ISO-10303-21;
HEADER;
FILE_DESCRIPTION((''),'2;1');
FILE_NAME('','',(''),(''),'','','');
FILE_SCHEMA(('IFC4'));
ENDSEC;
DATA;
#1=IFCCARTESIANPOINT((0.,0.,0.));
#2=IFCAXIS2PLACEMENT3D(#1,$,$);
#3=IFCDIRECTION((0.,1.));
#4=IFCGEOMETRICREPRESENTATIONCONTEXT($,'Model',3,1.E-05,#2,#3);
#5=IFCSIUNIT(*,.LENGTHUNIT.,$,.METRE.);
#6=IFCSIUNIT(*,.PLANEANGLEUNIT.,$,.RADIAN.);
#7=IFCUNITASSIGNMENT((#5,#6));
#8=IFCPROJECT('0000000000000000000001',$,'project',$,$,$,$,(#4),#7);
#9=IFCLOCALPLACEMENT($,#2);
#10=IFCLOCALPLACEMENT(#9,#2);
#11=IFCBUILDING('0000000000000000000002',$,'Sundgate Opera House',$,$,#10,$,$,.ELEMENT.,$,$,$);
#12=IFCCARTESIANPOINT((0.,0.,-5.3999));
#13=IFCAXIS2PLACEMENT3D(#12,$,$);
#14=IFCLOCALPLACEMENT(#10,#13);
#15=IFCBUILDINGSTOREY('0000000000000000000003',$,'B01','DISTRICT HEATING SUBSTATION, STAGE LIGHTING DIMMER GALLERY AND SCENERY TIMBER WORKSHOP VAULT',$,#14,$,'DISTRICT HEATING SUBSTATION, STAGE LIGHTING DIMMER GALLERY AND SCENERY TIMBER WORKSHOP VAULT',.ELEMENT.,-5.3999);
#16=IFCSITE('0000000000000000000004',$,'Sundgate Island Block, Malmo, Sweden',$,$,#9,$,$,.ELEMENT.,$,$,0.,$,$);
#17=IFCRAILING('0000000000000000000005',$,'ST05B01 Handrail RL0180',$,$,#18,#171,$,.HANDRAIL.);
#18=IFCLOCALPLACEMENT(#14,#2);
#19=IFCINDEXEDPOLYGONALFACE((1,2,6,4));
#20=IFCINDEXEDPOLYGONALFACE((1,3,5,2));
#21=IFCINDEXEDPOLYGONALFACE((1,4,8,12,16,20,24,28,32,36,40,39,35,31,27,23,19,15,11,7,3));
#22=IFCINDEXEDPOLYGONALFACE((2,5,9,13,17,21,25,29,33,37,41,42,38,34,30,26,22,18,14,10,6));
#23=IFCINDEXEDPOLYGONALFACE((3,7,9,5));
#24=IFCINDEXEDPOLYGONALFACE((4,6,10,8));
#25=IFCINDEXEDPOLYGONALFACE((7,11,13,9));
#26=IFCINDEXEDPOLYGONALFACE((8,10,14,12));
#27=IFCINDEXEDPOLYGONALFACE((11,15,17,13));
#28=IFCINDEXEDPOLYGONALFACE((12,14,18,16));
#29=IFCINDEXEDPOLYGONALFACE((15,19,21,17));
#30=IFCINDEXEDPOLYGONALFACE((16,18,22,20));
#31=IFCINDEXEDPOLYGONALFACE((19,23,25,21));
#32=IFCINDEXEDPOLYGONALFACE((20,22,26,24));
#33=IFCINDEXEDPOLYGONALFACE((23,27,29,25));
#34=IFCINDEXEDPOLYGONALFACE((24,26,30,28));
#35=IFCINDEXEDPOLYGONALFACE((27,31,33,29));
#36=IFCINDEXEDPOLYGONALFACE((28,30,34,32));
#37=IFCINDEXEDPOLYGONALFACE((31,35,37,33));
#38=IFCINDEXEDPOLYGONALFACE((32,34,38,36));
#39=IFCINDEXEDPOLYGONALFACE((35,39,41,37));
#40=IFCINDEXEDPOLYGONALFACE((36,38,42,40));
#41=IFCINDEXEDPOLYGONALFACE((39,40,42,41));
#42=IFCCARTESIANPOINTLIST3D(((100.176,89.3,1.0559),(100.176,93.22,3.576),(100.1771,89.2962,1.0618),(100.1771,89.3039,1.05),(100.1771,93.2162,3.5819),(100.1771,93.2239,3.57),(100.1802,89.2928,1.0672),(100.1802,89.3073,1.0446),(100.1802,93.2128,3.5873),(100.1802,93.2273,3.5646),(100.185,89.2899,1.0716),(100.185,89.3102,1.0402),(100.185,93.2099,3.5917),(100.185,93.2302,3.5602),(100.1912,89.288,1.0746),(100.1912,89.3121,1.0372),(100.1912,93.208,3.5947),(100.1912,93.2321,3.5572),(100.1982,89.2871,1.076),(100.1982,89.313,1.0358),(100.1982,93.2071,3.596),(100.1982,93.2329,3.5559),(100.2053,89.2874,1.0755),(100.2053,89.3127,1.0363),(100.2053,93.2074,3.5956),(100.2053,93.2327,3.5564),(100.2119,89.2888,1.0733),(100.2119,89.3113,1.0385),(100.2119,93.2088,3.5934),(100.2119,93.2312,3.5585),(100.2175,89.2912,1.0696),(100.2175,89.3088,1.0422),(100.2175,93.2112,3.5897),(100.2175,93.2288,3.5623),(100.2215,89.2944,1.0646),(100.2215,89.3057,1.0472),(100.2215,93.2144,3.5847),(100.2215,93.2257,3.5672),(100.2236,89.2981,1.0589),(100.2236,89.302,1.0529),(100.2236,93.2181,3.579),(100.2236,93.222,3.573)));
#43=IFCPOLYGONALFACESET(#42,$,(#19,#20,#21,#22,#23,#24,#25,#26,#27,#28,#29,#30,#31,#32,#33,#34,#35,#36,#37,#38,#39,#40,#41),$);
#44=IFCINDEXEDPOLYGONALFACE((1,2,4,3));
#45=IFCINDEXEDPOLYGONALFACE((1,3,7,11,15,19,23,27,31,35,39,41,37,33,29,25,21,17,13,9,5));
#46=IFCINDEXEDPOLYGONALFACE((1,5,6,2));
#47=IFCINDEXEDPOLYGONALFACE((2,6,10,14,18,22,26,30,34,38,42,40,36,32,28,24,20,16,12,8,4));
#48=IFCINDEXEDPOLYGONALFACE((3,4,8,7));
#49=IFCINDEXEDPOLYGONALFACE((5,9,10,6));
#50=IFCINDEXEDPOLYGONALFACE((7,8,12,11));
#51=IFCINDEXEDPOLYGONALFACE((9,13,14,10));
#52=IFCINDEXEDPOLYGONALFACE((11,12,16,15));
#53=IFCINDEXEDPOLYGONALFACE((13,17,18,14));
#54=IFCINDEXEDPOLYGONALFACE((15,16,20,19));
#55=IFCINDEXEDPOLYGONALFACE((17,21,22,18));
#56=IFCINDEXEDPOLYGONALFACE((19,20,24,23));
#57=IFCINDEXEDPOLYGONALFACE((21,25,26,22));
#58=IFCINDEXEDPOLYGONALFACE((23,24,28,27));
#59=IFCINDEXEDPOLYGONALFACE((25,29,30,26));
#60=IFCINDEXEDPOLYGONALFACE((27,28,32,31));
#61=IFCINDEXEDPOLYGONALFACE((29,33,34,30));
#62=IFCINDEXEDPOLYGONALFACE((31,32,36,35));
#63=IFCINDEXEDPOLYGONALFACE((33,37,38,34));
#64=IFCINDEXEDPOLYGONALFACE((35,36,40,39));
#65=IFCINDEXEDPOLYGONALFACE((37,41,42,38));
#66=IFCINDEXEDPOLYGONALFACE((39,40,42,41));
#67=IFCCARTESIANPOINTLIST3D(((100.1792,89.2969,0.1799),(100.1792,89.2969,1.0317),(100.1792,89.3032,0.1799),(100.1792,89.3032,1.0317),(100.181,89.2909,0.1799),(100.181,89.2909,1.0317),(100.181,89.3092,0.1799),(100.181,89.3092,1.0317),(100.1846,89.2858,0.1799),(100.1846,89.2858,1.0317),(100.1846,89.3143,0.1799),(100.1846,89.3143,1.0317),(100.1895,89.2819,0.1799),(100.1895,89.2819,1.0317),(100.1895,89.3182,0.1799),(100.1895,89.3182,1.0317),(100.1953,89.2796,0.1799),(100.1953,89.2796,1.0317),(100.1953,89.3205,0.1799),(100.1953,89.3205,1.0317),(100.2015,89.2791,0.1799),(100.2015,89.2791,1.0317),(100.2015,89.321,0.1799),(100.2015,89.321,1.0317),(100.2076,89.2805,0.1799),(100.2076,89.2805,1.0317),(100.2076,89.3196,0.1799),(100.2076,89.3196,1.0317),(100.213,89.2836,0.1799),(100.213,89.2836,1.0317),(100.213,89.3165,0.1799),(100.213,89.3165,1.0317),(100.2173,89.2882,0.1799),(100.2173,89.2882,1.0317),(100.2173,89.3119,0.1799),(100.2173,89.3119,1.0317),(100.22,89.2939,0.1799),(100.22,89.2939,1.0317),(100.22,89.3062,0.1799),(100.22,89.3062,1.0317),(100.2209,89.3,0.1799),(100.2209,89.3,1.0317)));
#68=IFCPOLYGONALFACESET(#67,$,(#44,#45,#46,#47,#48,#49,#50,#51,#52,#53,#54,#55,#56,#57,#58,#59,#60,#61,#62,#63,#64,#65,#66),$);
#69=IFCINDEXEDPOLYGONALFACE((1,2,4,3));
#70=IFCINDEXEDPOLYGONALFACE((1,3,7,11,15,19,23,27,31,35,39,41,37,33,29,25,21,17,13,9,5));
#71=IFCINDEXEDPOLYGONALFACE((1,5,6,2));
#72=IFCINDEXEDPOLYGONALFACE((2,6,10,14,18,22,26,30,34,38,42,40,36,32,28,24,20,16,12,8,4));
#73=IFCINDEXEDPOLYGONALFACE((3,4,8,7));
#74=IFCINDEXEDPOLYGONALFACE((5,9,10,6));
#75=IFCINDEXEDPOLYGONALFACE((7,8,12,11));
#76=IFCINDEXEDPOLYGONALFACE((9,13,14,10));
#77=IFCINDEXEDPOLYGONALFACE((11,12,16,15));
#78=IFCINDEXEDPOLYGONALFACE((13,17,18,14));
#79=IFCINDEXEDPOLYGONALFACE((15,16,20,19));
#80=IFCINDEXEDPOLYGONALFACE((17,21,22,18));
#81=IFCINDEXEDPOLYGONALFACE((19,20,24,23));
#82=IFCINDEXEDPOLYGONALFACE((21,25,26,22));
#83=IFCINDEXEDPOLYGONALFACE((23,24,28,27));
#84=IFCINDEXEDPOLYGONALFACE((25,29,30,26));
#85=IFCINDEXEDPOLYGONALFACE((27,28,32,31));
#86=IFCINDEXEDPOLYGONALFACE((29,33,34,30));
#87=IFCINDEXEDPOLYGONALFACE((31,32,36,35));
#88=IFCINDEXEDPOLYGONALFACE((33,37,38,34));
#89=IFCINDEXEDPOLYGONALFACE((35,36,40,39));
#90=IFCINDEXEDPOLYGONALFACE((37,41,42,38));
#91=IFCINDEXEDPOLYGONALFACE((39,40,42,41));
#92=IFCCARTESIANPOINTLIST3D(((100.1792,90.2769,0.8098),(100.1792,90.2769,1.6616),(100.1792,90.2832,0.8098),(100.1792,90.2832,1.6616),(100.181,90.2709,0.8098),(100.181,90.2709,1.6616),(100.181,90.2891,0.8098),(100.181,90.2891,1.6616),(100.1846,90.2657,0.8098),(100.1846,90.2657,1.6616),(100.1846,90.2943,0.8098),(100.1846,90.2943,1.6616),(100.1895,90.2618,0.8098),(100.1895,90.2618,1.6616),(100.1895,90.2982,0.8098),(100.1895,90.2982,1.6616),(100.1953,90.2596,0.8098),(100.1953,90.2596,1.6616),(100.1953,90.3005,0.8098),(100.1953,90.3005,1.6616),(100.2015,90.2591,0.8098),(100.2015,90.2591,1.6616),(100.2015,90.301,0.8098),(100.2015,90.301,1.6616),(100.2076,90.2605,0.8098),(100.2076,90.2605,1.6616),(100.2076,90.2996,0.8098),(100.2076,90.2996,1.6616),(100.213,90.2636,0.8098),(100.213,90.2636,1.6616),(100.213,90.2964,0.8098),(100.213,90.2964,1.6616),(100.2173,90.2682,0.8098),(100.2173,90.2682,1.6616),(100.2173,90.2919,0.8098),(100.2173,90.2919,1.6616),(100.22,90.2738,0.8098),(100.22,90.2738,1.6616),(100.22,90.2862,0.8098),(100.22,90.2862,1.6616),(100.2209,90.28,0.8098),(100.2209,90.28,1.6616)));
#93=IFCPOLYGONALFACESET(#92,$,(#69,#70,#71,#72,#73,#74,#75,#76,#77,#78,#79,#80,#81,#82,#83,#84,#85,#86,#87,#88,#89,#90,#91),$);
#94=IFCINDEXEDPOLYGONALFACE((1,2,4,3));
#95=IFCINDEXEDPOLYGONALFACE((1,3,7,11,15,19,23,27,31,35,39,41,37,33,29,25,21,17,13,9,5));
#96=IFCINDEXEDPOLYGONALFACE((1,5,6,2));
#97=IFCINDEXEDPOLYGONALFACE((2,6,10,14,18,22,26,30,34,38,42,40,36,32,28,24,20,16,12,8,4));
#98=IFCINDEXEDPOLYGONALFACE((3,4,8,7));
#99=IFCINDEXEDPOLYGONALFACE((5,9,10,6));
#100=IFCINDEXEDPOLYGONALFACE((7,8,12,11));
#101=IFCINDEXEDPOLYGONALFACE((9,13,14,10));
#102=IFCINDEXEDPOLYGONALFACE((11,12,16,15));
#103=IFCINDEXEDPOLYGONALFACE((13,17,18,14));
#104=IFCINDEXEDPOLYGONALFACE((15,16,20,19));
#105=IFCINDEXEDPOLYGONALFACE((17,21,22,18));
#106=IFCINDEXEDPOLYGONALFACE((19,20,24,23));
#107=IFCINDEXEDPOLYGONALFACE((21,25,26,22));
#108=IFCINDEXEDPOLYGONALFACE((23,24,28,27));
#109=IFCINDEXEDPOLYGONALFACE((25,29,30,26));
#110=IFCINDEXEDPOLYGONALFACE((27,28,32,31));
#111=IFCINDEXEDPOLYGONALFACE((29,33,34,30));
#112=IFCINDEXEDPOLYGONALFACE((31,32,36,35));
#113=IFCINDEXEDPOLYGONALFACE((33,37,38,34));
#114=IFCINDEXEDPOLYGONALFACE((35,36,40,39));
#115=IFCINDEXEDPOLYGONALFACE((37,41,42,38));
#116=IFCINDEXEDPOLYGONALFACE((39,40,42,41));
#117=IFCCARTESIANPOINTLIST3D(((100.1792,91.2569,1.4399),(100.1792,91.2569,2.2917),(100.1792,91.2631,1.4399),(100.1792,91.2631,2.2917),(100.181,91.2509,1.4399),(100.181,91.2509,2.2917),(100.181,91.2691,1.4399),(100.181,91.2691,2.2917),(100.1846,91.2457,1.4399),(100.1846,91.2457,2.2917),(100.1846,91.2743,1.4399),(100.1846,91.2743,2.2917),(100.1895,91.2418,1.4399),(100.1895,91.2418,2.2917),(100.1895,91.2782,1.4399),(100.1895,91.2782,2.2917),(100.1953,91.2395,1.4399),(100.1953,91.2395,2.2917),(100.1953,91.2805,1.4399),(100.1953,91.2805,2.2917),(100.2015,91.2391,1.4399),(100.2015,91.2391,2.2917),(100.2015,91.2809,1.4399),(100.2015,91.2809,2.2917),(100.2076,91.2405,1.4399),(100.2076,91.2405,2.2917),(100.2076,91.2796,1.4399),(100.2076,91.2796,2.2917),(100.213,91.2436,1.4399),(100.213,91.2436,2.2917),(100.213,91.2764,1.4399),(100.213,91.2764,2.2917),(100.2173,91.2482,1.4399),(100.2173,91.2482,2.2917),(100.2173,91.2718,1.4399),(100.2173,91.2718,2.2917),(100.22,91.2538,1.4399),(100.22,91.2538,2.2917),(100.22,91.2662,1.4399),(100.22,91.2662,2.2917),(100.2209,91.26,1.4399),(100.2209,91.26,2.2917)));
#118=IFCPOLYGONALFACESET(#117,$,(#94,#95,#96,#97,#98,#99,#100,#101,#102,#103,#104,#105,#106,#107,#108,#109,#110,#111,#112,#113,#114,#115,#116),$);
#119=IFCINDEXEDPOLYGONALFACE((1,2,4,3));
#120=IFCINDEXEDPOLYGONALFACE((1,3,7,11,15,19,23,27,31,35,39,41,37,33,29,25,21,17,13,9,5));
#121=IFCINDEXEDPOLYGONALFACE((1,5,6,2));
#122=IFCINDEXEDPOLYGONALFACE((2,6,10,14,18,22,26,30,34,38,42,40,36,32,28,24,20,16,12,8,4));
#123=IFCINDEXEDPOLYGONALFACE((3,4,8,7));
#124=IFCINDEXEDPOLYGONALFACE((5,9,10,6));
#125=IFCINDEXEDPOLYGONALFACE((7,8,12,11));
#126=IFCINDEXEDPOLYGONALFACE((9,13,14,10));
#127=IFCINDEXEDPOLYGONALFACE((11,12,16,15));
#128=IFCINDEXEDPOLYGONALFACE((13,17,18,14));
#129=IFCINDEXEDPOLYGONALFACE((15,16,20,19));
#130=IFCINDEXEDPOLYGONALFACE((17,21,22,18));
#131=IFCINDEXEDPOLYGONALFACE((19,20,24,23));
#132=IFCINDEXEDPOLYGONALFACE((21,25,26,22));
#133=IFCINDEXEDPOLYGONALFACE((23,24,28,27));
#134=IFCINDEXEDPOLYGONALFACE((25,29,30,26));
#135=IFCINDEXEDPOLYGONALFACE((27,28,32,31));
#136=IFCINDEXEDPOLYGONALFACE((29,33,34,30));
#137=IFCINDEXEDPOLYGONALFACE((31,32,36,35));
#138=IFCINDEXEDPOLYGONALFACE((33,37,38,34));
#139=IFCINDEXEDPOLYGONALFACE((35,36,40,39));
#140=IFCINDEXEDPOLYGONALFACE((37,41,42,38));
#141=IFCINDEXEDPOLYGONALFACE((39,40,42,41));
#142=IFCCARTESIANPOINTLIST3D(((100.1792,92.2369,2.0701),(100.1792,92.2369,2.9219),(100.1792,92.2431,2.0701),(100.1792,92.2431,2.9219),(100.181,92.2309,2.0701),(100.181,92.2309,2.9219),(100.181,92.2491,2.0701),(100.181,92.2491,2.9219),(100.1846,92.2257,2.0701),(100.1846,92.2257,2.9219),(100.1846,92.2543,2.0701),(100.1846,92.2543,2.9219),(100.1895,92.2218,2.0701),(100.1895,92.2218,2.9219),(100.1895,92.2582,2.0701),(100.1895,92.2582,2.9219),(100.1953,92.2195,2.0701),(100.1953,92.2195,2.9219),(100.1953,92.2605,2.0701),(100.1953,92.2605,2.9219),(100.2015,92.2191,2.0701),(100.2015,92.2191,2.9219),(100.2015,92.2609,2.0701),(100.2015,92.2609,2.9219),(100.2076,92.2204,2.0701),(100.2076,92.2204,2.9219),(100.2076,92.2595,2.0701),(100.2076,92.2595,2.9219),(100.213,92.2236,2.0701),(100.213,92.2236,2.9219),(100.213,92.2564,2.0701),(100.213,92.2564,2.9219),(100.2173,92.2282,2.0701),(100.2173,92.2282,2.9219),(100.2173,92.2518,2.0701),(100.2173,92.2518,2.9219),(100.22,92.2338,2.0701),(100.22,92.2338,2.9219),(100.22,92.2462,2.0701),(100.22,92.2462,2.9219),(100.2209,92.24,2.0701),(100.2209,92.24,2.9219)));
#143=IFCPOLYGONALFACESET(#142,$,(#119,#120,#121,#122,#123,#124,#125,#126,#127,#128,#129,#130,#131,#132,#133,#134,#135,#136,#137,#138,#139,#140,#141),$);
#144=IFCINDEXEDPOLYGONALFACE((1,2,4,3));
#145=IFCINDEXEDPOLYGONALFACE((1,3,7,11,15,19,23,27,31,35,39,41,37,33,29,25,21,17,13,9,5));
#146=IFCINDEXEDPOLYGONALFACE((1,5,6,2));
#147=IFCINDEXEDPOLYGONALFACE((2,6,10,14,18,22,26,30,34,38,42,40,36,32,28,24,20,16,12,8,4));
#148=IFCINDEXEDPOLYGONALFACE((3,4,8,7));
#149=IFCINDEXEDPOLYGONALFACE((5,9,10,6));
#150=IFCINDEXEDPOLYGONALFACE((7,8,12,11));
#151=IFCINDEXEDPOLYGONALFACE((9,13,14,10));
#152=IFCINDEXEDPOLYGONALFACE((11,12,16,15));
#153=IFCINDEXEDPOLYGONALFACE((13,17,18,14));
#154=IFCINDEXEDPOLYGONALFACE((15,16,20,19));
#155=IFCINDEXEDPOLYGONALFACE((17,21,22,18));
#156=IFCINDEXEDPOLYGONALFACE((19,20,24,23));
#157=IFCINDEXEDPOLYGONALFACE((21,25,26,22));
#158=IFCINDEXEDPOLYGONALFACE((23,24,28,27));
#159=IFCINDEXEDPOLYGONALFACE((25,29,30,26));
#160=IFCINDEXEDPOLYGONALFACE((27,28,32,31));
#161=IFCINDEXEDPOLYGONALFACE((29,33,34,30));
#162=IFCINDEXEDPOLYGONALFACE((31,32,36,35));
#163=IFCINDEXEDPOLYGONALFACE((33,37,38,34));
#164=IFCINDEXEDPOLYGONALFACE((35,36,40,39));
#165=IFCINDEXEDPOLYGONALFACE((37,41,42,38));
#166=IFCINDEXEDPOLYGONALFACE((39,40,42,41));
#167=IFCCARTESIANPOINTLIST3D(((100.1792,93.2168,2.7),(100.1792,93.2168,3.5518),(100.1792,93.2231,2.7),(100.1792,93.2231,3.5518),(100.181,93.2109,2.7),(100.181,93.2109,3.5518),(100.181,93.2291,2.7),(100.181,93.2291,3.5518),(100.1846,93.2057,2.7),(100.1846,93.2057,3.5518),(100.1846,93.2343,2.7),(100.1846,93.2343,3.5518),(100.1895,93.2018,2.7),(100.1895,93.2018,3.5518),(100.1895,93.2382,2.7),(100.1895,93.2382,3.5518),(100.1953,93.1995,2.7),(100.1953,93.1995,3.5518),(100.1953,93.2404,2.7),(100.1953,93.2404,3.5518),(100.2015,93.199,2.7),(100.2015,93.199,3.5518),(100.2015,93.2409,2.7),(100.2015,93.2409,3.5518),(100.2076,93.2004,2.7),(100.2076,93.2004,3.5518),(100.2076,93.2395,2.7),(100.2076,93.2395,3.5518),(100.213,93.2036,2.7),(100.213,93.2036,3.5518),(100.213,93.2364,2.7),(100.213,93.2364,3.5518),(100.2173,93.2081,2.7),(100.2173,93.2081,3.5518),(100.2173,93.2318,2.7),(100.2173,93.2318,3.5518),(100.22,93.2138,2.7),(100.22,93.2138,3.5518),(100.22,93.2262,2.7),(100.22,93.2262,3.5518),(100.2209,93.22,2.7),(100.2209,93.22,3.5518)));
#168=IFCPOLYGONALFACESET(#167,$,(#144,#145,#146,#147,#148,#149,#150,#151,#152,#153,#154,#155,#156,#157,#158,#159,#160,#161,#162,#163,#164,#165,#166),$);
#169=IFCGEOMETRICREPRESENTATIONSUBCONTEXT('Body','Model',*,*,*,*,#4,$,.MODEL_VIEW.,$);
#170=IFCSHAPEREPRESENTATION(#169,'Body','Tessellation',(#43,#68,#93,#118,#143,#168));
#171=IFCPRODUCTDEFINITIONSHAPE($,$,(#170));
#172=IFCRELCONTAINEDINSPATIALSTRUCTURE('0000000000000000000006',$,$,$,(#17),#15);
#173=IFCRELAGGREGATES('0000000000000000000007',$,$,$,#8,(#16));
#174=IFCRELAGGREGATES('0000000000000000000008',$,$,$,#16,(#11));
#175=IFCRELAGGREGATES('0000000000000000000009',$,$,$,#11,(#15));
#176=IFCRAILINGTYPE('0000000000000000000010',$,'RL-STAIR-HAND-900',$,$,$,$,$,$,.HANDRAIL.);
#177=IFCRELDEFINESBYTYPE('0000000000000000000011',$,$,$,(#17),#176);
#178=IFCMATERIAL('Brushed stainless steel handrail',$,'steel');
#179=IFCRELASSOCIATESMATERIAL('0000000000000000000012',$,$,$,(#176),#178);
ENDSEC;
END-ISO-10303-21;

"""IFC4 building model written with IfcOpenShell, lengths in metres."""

from ifc_helpers import new_model, si_unit, direction, frame, origin, origin_2d, place, context, subcontext, project, spatial, circle, extrude, material, type_object, element, save


model = new_model("IFC4")

# Units and contexts
model_context = context("Model", 3, precision=1e-05, world=origin(), true_north=direction((0.0, 1.0)))
body_context = subcontext(model_context, "Body", "Model", "MODEL_VIEW")
ifc_project = project(units=[si_unit("LENGTHUNIT", "METRE"), si_unit("PLANEANGLEUNIT", "RADIAN")], contexts=[model_context])

# Site, building, storey
site_placement = place(None, origin())
site = spatial("IfcSite", under=ifc_project, at=site_placement, Name="Sundgate Island Block, Malmo, Sweden", CompositionType="ELEMENT", RefElevation=0.0)
building_placement = place(site_placement, origin())
building = spatial("IfcBuilding", under=site, at=building_placement, Name="Sundgate Opera House", CompositionType="ELEMENT")
storey_placement = place(building_placement, frame((0.0, 0.0, -5.3999)))
storey = spatial("IfcBuildingStorey", under=building, at=storey_placement, Name="B01", Description="DISTRICT HEATING SUBSTATION, STAGE LIGHTING DIMMER GALLERY AND SCENERY TIMBER WORKSHOP VAULT", LongName="DISTRICT HEATING SUBSTATION, STAGE LIGHTING DIMMER GALLERY AND SCENERY TIMBER WORKSHOP VAULT", CompositionType="ELEMENT", Elevation=-5.3999)

# Railing
ifc_material_1 = material(Name="Brushed stainless steel handrail", Category="steel")
railing_type_1 = type_object("IfcRailingType", Name="RL-STAIR-HAND-900", PredefinedType="HANDRAIL", material=ifc_material_1)
railing_1_placement = place(storey_placement, frame((100.2, 89.3, 0.1799)))
element("IfcRailing", 1, at=railing_1_placement, inside=storey, type_object=railing_type_1, Name="ST05B01 Handrail RL0180", PredefinedType="HANDRAIL", context=body_context, shape_type="SweptSolid", body=[
    extrude(circle(Radius=0.0239, at=origin_2d()), frame((0.0, 0.0, 0.876), z_axis=(0.0, 0.841172, 0.540768), x_axis=(-1.0, 0.0, 0.0)), (0.0, 0.0, 1.0), 4.6602),
    extrude(circle(Radius=0.021, at=origin_2d()), origin(), (0.0, 0.0, 1.0), 0.8518),
    extrude(circle(Radius=0.021, at=origin_2d()), frame((0.0, 0.98, 0.6299)), (0.0, 0.0, 1.0), 0.8518),
    extrude(circle(Radius=0.021, at=origin_2d()), frame((0.0, 1.96, 1.26)), (0.0, 0.0, 1.0), 0.8518),
    extrude(circle(Radius=0.021, at=origin_2d()), frame((0.0, 2.9399, 1.8901)), (0.0, 0.0, 1.0), 0.8518),
    extrude(circle(Radius=0.021, at=origin_2d()), frame((0.0, 3.9199, 2.52)), (0.0, 0.0, 1.0), 0.8518),
])

save(model, "model.ifc")
